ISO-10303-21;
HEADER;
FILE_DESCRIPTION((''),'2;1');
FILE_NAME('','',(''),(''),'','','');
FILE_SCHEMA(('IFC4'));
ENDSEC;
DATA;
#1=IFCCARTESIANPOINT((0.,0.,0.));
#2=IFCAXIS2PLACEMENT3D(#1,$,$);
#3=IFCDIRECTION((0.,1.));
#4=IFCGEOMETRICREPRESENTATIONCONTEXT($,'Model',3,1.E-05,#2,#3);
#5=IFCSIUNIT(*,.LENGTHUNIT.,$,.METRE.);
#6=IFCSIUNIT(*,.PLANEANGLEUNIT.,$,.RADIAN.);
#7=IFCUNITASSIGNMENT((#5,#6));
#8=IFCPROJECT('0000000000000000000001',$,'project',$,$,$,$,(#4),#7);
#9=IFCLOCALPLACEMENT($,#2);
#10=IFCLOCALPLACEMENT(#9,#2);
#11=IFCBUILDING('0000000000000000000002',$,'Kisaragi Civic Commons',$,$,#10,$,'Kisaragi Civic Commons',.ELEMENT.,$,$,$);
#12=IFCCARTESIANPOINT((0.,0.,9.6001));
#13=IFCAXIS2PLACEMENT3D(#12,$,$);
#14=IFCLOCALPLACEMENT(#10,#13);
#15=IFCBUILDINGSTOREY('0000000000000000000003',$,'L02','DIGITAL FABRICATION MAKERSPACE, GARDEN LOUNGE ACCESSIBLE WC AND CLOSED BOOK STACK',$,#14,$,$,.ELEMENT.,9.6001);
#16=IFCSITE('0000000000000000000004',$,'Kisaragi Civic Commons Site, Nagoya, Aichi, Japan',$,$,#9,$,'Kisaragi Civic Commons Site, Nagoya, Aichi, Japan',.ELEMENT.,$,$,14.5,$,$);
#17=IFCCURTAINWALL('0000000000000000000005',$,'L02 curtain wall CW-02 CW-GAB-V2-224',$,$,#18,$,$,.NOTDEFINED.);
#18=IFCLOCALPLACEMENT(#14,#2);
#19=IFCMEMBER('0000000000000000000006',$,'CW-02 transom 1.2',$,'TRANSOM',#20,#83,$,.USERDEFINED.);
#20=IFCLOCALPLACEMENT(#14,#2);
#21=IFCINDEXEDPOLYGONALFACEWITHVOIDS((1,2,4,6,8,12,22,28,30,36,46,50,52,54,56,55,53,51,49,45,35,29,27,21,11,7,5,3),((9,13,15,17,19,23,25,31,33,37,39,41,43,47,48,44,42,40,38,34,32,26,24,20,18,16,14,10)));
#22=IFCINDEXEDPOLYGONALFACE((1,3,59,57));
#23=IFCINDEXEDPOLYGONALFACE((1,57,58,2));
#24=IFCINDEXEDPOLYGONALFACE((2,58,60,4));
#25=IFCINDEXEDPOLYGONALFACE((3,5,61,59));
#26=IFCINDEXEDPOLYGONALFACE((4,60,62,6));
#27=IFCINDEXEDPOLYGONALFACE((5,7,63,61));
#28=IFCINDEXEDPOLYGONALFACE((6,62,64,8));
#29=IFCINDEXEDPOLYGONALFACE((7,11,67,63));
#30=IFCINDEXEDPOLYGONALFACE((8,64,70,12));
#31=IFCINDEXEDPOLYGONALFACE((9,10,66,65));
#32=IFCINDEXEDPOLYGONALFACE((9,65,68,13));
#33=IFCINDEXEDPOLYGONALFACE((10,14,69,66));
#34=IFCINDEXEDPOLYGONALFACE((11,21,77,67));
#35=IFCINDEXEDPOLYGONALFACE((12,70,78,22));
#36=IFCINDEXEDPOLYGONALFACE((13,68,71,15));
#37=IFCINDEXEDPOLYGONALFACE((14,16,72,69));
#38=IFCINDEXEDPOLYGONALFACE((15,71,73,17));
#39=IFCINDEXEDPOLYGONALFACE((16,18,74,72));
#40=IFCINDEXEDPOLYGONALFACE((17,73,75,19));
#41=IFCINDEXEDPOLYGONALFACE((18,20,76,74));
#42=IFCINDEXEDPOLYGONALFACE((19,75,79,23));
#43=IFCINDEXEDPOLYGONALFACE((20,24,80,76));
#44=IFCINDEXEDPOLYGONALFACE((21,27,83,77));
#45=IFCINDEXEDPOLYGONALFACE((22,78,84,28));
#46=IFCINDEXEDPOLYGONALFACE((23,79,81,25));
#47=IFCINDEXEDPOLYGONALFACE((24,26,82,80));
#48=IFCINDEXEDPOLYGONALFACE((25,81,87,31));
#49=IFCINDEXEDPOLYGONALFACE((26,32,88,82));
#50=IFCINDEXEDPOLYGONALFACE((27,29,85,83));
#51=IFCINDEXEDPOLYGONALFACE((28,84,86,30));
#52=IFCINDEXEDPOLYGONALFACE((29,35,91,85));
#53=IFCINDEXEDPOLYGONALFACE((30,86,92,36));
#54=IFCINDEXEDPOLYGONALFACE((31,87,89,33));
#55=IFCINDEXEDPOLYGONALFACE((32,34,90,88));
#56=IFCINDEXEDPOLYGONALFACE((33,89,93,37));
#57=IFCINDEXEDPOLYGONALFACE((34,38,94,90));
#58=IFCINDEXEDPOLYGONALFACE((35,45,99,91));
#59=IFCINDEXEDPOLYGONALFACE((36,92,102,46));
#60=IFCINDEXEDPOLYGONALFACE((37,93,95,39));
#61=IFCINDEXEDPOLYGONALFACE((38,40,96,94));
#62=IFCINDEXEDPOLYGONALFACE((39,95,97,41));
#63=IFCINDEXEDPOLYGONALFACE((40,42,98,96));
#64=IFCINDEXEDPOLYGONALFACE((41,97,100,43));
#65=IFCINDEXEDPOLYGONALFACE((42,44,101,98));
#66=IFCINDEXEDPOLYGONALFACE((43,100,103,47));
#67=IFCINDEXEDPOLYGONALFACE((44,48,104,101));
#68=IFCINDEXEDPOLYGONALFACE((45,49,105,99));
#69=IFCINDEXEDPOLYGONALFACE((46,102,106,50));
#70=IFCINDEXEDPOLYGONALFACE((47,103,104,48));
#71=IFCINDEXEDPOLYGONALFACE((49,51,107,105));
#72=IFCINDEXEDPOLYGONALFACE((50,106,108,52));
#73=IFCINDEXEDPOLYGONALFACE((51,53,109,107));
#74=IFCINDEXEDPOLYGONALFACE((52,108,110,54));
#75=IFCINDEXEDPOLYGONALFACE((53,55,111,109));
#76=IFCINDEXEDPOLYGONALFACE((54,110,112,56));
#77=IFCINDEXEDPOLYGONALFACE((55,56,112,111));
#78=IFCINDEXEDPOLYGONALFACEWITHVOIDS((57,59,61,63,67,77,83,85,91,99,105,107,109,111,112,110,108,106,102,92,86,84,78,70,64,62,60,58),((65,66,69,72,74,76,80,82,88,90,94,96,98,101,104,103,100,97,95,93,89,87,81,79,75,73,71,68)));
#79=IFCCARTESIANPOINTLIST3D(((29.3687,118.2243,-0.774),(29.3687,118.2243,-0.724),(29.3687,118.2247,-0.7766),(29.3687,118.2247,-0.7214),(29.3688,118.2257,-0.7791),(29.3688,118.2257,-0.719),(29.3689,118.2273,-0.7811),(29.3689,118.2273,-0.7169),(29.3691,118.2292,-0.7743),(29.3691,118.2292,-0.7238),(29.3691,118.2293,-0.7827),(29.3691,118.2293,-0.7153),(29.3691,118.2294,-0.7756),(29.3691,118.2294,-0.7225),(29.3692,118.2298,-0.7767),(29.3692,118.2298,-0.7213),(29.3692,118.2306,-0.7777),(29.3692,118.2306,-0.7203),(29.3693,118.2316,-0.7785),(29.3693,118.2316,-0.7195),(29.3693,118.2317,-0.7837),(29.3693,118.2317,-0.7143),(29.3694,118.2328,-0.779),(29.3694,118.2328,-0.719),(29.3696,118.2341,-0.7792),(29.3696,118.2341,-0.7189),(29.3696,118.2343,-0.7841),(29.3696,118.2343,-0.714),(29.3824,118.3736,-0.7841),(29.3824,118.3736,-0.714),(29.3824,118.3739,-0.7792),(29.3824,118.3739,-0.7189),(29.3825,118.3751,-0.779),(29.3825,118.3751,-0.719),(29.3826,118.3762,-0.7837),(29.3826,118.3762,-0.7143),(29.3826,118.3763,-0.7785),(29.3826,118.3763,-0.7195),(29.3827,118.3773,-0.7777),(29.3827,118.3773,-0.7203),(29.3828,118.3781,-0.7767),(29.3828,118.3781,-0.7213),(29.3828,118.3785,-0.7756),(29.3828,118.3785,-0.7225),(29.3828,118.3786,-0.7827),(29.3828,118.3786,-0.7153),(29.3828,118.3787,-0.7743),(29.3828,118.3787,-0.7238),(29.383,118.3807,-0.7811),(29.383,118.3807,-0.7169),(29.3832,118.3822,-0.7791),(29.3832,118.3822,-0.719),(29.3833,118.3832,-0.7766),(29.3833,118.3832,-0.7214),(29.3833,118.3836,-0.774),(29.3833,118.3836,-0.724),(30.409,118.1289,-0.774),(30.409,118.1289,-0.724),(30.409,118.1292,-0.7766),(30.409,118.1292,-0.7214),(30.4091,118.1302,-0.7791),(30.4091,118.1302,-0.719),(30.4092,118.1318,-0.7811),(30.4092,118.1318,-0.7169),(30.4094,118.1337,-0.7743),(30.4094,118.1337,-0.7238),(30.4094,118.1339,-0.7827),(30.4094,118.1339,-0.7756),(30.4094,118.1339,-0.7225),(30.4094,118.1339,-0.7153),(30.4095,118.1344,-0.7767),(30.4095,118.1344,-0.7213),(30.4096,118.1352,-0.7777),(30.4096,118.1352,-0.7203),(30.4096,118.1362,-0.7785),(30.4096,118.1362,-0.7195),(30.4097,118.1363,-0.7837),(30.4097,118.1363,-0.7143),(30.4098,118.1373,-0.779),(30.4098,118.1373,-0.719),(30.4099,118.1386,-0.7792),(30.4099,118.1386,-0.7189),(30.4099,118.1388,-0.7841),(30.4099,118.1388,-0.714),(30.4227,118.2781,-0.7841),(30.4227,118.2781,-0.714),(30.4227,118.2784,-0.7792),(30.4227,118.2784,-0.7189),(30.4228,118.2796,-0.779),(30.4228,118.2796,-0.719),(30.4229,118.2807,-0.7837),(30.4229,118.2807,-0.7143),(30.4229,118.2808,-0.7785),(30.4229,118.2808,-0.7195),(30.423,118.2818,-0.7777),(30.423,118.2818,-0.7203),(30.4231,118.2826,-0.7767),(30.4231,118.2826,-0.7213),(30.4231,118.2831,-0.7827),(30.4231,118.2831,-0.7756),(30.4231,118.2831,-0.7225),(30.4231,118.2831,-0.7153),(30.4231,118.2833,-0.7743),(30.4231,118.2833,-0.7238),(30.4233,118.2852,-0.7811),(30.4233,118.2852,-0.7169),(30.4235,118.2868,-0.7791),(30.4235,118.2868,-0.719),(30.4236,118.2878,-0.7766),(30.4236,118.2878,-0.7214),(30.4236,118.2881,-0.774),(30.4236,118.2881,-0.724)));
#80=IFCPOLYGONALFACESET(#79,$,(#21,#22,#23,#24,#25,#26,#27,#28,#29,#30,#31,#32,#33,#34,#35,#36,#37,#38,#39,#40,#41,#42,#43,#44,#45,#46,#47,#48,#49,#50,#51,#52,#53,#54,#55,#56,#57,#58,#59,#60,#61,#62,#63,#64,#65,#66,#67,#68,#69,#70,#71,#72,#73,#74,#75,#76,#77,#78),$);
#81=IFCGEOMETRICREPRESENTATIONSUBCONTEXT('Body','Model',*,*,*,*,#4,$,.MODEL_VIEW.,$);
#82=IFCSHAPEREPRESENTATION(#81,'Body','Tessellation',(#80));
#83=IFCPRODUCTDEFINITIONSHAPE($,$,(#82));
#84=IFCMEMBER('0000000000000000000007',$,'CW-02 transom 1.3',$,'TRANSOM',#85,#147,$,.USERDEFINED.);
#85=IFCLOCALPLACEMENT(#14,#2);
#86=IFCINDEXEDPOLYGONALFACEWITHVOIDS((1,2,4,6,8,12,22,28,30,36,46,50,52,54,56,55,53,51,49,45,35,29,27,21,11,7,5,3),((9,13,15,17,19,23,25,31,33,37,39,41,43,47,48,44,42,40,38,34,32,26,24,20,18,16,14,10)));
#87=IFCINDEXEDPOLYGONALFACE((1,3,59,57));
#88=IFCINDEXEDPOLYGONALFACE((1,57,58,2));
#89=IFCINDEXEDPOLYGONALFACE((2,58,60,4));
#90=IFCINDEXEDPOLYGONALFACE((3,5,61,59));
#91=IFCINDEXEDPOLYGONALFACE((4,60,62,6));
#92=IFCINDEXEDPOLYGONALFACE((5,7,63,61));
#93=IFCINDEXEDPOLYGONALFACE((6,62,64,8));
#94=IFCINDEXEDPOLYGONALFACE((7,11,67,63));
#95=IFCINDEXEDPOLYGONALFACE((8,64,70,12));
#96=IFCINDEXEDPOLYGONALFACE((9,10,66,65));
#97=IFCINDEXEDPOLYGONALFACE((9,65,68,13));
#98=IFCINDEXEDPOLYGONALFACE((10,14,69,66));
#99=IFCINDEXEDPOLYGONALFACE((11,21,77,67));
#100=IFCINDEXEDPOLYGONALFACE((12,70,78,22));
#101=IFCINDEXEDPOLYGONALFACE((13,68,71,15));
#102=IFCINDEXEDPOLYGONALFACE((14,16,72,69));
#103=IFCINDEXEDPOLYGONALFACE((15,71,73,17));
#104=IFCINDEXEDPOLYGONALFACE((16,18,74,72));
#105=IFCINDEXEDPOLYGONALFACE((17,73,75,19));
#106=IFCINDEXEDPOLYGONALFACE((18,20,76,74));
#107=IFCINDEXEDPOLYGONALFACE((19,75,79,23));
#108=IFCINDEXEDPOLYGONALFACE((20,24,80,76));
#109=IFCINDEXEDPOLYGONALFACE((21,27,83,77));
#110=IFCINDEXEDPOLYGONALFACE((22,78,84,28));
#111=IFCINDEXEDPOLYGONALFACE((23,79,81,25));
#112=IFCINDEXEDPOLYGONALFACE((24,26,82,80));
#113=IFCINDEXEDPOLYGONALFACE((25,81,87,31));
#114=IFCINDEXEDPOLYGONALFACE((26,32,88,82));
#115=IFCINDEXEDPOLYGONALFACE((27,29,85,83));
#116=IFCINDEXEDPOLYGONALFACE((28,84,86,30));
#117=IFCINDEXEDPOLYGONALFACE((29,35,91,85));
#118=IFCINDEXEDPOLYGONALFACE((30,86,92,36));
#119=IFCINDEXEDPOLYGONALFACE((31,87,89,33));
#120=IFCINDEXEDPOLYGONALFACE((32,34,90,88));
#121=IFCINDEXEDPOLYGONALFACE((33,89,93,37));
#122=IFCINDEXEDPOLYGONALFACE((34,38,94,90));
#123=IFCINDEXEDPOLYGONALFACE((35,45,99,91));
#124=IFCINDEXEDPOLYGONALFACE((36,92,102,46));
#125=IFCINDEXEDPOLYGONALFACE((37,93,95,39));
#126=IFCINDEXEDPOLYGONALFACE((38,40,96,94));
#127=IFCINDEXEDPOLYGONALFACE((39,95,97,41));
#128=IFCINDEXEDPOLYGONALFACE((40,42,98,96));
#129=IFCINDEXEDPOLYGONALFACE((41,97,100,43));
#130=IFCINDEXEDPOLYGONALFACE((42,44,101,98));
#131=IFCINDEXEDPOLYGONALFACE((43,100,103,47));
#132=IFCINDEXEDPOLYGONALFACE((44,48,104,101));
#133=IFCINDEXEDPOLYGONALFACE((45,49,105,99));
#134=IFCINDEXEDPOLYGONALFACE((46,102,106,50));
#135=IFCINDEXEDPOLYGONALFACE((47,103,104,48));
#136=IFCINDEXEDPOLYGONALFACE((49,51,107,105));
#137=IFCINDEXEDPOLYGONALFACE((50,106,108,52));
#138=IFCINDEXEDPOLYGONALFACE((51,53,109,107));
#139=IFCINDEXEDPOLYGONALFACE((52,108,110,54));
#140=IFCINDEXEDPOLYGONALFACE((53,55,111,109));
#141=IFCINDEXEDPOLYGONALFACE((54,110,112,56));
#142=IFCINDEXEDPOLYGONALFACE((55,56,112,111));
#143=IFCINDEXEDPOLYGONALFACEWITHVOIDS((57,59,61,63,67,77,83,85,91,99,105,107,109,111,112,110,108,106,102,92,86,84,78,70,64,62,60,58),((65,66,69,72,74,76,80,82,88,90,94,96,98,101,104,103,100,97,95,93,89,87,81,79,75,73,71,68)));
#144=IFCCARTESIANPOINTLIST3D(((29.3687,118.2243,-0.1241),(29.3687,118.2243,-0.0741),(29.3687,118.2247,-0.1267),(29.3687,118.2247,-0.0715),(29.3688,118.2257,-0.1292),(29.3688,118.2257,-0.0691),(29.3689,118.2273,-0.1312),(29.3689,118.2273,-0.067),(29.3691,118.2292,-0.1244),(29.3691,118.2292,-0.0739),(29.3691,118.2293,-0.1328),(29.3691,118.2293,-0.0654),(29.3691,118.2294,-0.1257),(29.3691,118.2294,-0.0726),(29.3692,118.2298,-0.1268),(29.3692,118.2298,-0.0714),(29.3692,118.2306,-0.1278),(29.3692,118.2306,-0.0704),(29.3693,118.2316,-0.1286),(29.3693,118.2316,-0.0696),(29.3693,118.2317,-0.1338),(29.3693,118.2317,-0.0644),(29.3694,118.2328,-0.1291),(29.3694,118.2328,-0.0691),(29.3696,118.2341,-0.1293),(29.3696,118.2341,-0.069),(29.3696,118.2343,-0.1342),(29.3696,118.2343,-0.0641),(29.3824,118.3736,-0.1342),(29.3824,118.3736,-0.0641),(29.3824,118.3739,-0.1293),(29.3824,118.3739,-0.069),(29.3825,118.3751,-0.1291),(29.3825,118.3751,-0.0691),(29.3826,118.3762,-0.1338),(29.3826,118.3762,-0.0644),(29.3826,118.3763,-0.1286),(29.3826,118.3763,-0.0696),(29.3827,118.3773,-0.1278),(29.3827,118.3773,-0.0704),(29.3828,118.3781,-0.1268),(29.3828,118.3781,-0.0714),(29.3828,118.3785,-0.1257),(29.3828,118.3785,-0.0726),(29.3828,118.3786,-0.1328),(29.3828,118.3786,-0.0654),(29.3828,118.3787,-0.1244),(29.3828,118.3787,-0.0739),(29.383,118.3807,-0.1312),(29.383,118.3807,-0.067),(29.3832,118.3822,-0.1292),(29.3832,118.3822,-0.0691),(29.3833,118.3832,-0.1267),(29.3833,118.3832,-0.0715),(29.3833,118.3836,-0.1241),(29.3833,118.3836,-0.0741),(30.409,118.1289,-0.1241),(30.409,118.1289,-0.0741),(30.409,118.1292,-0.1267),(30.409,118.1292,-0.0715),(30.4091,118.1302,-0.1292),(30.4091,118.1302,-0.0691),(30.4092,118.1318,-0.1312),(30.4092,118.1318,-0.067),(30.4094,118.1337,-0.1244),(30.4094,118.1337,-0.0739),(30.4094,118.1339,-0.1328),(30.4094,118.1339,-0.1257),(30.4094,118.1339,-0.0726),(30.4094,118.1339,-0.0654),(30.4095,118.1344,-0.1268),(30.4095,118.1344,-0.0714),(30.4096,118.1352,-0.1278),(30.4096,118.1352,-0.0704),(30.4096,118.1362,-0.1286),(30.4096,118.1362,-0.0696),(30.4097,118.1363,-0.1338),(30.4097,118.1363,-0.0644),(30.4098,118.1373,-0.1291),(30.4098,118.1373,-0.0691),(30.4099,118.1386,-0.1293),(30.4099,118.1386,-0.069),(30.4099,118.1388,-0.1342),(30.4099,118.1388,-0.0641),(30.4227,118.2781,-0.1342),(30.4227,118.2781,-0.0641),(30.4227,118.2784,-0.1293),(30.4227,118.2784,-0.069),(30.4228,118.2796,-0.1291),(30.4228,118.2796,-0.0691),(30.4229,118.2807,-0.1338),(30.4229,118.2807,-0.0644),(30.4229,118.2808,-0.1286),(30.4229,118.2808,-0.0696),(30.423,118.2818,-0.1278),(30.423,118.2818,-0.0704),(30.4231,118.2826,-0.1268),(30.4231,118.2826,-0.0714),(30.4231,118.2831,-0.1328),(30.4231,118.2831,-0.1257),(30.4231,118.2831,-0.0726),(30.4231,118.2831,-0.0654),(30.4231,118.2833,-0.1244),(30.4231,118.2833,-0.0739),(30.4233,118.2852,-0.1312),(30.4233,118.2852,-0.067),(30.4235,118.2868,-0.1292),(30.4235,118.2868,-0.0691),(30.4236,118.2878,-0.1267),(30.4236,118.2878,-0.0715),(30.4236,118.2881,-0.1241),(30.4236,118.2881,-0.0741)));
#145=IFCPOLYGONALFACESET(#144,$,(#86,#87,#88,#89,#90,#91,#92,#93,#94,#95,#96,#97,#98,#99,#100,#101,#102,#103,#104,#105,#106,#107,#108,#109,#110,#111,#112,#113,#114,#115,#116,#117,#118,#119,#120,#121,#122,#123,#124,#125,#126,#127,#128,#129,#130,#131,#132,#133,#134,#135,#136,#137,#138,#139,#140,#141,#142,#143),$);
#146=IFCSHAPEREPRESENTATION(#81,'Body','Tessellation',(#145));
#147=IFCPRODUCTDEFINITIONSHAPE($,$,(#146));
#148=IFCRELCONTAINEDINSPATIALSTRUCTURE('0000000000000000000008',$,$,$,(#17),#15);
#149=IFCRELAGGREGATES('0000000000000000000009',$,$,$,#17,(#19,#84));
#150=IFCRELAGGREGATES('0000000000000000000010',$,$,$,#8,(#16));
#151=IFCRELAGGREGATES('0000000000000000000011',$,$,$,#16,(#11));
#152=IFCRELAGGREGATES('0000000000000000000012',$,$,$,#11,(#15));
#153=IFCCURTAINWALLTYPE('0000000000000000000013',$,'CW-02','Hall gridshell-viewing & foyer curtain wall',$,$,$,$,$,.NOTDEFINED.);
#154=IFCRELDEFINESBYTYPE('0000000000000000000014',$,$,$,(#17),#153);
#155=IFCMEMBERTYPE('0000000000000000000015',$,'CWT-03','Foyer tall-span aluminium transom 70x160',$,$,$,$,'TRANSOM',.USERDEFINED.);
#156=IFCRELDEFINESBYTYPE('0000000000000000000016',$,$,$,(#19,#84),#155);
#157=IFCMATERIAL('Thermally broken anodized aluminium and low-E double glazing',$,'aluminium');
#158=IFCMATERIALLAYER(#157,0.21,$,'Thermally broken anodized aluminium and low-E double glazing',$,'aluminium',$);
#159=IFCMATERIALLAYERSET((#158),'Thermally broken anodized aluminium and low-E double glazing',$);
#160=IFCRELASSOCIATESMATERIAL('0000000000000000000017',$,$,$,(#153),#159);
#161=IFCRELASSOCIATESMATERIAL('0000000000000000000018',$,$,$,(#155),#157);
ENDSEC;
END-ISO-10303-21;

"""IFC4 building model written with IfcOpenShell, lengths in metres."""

from ifc_helpers import new_model, si_unit, direction, frame, origin, origin_2d, place, context, subcontext, project, spatial, hollow_rectangle, extrude, material, layer, layer_set, material_profile, profile_set, type_object, element, aggregate, save


model = new_model("IFC4")

# Units and contexts
model_context = context("Model", 3, precision=1e-05, world=origin(), true_north=direction((0.0, 1.0)))
body_context = subcontext(model_context, "Body", "Model", "MODEL_VIEW")
ifc_project = project(units=[si_unit("LENGTHUNIT", "METRE"), si_unit("PLANEANGLEUNIT", "RADIAN")], contexts=[model_context])

# Site, building, storey
site_placement = place(None, origin())
site = spatial("IfcSite", under=ifc_project, at=site_placement, Name="Kisaragi Civic Commons Site, Nagoya, Aichi, Japan", LongName="Kisaragi Civic Commons Site, Nagoya, Aichi, Japan", CompositionType="ELEMENT", RefElevation=14.5)
building_placement = place(site_placement, origin())
building = spatial("IfcBuilding", under=site, at=building_placement, Name="Kisaragi Civic Commons", LongName="Kisaragi Civic Commons", CompositionType="ELEMENT")
storey_placement = place(building_placement, frame((0.0, 0.0, 9.6001)))
storey = spatial("IfcBuildingStorey", under=building, at=storey_placement, Name="L02", Description="DIGITAL FABRICATION MAKERSPACE, GARDEN LOUNGE ACCESSIBLE WC AND CLOSED BOOK STACK", CompositionType="ELEMENT", Elevation=9.6001)

# Curtain wall
ifc_material_1 = material(Name="Thermally broken anodized aluminium and low-E double glazing", Category="aluminium")
ifc_layer_1 = layer(ifc_material_1, 0.21, Name="Thermally broken anodized aluminium and low-E double glazing", Category="aluminium")
ifc_layer_set_1 = layer_set([ifc_layer_1], Name="Thermally broken anodized aluminium and low-E double glazing")
curtain_wall_type_1 = type_object("IfcCurtainWallType", Name="CW-02", Description="Hall gridshell-viewing & foyer curtain wall", PredefinedType="NOTDEFINED", material=ifc_layer_set_1)
curtain_wall_1_placement = place(storey_placement, origin())
curtain_wall_1 = element("IfcCurtainWall", 1, at=curtain_wall_1_placement, inside=storey, type_object=curtain_wall_type_1, Name="L02 curtain wall CW-02 CW-GAB-V2-224", PredefinedType="NOTDEFINED")

# Members
ifc_material_profile_1 = material_profile(ifc_material_1, hollow_rectangle(XDim=0.1599, YDim=0.0701, WallThickness=0.0049, InnerFilletRadius=0.0049, OuterFilletRadius=0.01, at=origin_2d()), Name="CWT-70x160x5", Category="aluminium")
ifc_profile_set_1 = profile_set([ifc_material_profile_1], Name="Thermally broken anodized aluminium and low-E double glazing")
member_type_1 = type_object("IfcMemberType", Name="CWT-03", Description="Foyer tall-span aluminium transom 70x160", ElementType="TRANSOM", PredefinedType="USERDEFINED", material=ifc_profile_set_1)
member_1_placement = place(storey_placement, frame((29.376, 118.304, -0.749), z_axis=(0.995816, -0.091379, 0.0), x_axis=(0.091379, 0.995816, 0.0)))
member_1 = element("IfcMember", 2, at=member_1_placement, type_object=member_type_1, Name="CW-02 transom 1.2", ObjectType="TRANSOM", PredefinedType="USERDEFINED", context=body_context, shape_type="SweptSolid", body=[
    extrude(hollow_rectangle(XDim=0.1599, YDim=0.0701, WallThickness=0.0049, InnerFilletRadius=0.0049, OuterFilletRadius=0.01, at=origin_2d()), origin(), (0.0, 0.0, 1.0), 1.0447),
])
member_2_placement = place(storey_placement, frame((29.376, 118.304, -0.0991), z_axis=(0.995816, -0.091379, 0.0), x_axis=(0.091379, 0.995816, 0.0)))
member_2 = element("IfcMember", 3, at=member_2_placement, type_object=member_type_1, Name="CW-02 transom 1.3", ObjectType="TRANSOM", PredefinedType="USERDEFINED", context=body_context, shape_type="SweptSolid", body=[
    extrude(hollow_rectangle(XDim=0.1599, YDim=0.0701, WallThickness=0.0049, InnerFilletRadius=0.0049, OuterFilletRadius=0.01, at=origin_2d()), origin(), (0.0, 0.0, 1.0), 1.0447),
])

aggregate(curtain_wall_1, [member_1, member_2])

save(model, "model.ifc")
